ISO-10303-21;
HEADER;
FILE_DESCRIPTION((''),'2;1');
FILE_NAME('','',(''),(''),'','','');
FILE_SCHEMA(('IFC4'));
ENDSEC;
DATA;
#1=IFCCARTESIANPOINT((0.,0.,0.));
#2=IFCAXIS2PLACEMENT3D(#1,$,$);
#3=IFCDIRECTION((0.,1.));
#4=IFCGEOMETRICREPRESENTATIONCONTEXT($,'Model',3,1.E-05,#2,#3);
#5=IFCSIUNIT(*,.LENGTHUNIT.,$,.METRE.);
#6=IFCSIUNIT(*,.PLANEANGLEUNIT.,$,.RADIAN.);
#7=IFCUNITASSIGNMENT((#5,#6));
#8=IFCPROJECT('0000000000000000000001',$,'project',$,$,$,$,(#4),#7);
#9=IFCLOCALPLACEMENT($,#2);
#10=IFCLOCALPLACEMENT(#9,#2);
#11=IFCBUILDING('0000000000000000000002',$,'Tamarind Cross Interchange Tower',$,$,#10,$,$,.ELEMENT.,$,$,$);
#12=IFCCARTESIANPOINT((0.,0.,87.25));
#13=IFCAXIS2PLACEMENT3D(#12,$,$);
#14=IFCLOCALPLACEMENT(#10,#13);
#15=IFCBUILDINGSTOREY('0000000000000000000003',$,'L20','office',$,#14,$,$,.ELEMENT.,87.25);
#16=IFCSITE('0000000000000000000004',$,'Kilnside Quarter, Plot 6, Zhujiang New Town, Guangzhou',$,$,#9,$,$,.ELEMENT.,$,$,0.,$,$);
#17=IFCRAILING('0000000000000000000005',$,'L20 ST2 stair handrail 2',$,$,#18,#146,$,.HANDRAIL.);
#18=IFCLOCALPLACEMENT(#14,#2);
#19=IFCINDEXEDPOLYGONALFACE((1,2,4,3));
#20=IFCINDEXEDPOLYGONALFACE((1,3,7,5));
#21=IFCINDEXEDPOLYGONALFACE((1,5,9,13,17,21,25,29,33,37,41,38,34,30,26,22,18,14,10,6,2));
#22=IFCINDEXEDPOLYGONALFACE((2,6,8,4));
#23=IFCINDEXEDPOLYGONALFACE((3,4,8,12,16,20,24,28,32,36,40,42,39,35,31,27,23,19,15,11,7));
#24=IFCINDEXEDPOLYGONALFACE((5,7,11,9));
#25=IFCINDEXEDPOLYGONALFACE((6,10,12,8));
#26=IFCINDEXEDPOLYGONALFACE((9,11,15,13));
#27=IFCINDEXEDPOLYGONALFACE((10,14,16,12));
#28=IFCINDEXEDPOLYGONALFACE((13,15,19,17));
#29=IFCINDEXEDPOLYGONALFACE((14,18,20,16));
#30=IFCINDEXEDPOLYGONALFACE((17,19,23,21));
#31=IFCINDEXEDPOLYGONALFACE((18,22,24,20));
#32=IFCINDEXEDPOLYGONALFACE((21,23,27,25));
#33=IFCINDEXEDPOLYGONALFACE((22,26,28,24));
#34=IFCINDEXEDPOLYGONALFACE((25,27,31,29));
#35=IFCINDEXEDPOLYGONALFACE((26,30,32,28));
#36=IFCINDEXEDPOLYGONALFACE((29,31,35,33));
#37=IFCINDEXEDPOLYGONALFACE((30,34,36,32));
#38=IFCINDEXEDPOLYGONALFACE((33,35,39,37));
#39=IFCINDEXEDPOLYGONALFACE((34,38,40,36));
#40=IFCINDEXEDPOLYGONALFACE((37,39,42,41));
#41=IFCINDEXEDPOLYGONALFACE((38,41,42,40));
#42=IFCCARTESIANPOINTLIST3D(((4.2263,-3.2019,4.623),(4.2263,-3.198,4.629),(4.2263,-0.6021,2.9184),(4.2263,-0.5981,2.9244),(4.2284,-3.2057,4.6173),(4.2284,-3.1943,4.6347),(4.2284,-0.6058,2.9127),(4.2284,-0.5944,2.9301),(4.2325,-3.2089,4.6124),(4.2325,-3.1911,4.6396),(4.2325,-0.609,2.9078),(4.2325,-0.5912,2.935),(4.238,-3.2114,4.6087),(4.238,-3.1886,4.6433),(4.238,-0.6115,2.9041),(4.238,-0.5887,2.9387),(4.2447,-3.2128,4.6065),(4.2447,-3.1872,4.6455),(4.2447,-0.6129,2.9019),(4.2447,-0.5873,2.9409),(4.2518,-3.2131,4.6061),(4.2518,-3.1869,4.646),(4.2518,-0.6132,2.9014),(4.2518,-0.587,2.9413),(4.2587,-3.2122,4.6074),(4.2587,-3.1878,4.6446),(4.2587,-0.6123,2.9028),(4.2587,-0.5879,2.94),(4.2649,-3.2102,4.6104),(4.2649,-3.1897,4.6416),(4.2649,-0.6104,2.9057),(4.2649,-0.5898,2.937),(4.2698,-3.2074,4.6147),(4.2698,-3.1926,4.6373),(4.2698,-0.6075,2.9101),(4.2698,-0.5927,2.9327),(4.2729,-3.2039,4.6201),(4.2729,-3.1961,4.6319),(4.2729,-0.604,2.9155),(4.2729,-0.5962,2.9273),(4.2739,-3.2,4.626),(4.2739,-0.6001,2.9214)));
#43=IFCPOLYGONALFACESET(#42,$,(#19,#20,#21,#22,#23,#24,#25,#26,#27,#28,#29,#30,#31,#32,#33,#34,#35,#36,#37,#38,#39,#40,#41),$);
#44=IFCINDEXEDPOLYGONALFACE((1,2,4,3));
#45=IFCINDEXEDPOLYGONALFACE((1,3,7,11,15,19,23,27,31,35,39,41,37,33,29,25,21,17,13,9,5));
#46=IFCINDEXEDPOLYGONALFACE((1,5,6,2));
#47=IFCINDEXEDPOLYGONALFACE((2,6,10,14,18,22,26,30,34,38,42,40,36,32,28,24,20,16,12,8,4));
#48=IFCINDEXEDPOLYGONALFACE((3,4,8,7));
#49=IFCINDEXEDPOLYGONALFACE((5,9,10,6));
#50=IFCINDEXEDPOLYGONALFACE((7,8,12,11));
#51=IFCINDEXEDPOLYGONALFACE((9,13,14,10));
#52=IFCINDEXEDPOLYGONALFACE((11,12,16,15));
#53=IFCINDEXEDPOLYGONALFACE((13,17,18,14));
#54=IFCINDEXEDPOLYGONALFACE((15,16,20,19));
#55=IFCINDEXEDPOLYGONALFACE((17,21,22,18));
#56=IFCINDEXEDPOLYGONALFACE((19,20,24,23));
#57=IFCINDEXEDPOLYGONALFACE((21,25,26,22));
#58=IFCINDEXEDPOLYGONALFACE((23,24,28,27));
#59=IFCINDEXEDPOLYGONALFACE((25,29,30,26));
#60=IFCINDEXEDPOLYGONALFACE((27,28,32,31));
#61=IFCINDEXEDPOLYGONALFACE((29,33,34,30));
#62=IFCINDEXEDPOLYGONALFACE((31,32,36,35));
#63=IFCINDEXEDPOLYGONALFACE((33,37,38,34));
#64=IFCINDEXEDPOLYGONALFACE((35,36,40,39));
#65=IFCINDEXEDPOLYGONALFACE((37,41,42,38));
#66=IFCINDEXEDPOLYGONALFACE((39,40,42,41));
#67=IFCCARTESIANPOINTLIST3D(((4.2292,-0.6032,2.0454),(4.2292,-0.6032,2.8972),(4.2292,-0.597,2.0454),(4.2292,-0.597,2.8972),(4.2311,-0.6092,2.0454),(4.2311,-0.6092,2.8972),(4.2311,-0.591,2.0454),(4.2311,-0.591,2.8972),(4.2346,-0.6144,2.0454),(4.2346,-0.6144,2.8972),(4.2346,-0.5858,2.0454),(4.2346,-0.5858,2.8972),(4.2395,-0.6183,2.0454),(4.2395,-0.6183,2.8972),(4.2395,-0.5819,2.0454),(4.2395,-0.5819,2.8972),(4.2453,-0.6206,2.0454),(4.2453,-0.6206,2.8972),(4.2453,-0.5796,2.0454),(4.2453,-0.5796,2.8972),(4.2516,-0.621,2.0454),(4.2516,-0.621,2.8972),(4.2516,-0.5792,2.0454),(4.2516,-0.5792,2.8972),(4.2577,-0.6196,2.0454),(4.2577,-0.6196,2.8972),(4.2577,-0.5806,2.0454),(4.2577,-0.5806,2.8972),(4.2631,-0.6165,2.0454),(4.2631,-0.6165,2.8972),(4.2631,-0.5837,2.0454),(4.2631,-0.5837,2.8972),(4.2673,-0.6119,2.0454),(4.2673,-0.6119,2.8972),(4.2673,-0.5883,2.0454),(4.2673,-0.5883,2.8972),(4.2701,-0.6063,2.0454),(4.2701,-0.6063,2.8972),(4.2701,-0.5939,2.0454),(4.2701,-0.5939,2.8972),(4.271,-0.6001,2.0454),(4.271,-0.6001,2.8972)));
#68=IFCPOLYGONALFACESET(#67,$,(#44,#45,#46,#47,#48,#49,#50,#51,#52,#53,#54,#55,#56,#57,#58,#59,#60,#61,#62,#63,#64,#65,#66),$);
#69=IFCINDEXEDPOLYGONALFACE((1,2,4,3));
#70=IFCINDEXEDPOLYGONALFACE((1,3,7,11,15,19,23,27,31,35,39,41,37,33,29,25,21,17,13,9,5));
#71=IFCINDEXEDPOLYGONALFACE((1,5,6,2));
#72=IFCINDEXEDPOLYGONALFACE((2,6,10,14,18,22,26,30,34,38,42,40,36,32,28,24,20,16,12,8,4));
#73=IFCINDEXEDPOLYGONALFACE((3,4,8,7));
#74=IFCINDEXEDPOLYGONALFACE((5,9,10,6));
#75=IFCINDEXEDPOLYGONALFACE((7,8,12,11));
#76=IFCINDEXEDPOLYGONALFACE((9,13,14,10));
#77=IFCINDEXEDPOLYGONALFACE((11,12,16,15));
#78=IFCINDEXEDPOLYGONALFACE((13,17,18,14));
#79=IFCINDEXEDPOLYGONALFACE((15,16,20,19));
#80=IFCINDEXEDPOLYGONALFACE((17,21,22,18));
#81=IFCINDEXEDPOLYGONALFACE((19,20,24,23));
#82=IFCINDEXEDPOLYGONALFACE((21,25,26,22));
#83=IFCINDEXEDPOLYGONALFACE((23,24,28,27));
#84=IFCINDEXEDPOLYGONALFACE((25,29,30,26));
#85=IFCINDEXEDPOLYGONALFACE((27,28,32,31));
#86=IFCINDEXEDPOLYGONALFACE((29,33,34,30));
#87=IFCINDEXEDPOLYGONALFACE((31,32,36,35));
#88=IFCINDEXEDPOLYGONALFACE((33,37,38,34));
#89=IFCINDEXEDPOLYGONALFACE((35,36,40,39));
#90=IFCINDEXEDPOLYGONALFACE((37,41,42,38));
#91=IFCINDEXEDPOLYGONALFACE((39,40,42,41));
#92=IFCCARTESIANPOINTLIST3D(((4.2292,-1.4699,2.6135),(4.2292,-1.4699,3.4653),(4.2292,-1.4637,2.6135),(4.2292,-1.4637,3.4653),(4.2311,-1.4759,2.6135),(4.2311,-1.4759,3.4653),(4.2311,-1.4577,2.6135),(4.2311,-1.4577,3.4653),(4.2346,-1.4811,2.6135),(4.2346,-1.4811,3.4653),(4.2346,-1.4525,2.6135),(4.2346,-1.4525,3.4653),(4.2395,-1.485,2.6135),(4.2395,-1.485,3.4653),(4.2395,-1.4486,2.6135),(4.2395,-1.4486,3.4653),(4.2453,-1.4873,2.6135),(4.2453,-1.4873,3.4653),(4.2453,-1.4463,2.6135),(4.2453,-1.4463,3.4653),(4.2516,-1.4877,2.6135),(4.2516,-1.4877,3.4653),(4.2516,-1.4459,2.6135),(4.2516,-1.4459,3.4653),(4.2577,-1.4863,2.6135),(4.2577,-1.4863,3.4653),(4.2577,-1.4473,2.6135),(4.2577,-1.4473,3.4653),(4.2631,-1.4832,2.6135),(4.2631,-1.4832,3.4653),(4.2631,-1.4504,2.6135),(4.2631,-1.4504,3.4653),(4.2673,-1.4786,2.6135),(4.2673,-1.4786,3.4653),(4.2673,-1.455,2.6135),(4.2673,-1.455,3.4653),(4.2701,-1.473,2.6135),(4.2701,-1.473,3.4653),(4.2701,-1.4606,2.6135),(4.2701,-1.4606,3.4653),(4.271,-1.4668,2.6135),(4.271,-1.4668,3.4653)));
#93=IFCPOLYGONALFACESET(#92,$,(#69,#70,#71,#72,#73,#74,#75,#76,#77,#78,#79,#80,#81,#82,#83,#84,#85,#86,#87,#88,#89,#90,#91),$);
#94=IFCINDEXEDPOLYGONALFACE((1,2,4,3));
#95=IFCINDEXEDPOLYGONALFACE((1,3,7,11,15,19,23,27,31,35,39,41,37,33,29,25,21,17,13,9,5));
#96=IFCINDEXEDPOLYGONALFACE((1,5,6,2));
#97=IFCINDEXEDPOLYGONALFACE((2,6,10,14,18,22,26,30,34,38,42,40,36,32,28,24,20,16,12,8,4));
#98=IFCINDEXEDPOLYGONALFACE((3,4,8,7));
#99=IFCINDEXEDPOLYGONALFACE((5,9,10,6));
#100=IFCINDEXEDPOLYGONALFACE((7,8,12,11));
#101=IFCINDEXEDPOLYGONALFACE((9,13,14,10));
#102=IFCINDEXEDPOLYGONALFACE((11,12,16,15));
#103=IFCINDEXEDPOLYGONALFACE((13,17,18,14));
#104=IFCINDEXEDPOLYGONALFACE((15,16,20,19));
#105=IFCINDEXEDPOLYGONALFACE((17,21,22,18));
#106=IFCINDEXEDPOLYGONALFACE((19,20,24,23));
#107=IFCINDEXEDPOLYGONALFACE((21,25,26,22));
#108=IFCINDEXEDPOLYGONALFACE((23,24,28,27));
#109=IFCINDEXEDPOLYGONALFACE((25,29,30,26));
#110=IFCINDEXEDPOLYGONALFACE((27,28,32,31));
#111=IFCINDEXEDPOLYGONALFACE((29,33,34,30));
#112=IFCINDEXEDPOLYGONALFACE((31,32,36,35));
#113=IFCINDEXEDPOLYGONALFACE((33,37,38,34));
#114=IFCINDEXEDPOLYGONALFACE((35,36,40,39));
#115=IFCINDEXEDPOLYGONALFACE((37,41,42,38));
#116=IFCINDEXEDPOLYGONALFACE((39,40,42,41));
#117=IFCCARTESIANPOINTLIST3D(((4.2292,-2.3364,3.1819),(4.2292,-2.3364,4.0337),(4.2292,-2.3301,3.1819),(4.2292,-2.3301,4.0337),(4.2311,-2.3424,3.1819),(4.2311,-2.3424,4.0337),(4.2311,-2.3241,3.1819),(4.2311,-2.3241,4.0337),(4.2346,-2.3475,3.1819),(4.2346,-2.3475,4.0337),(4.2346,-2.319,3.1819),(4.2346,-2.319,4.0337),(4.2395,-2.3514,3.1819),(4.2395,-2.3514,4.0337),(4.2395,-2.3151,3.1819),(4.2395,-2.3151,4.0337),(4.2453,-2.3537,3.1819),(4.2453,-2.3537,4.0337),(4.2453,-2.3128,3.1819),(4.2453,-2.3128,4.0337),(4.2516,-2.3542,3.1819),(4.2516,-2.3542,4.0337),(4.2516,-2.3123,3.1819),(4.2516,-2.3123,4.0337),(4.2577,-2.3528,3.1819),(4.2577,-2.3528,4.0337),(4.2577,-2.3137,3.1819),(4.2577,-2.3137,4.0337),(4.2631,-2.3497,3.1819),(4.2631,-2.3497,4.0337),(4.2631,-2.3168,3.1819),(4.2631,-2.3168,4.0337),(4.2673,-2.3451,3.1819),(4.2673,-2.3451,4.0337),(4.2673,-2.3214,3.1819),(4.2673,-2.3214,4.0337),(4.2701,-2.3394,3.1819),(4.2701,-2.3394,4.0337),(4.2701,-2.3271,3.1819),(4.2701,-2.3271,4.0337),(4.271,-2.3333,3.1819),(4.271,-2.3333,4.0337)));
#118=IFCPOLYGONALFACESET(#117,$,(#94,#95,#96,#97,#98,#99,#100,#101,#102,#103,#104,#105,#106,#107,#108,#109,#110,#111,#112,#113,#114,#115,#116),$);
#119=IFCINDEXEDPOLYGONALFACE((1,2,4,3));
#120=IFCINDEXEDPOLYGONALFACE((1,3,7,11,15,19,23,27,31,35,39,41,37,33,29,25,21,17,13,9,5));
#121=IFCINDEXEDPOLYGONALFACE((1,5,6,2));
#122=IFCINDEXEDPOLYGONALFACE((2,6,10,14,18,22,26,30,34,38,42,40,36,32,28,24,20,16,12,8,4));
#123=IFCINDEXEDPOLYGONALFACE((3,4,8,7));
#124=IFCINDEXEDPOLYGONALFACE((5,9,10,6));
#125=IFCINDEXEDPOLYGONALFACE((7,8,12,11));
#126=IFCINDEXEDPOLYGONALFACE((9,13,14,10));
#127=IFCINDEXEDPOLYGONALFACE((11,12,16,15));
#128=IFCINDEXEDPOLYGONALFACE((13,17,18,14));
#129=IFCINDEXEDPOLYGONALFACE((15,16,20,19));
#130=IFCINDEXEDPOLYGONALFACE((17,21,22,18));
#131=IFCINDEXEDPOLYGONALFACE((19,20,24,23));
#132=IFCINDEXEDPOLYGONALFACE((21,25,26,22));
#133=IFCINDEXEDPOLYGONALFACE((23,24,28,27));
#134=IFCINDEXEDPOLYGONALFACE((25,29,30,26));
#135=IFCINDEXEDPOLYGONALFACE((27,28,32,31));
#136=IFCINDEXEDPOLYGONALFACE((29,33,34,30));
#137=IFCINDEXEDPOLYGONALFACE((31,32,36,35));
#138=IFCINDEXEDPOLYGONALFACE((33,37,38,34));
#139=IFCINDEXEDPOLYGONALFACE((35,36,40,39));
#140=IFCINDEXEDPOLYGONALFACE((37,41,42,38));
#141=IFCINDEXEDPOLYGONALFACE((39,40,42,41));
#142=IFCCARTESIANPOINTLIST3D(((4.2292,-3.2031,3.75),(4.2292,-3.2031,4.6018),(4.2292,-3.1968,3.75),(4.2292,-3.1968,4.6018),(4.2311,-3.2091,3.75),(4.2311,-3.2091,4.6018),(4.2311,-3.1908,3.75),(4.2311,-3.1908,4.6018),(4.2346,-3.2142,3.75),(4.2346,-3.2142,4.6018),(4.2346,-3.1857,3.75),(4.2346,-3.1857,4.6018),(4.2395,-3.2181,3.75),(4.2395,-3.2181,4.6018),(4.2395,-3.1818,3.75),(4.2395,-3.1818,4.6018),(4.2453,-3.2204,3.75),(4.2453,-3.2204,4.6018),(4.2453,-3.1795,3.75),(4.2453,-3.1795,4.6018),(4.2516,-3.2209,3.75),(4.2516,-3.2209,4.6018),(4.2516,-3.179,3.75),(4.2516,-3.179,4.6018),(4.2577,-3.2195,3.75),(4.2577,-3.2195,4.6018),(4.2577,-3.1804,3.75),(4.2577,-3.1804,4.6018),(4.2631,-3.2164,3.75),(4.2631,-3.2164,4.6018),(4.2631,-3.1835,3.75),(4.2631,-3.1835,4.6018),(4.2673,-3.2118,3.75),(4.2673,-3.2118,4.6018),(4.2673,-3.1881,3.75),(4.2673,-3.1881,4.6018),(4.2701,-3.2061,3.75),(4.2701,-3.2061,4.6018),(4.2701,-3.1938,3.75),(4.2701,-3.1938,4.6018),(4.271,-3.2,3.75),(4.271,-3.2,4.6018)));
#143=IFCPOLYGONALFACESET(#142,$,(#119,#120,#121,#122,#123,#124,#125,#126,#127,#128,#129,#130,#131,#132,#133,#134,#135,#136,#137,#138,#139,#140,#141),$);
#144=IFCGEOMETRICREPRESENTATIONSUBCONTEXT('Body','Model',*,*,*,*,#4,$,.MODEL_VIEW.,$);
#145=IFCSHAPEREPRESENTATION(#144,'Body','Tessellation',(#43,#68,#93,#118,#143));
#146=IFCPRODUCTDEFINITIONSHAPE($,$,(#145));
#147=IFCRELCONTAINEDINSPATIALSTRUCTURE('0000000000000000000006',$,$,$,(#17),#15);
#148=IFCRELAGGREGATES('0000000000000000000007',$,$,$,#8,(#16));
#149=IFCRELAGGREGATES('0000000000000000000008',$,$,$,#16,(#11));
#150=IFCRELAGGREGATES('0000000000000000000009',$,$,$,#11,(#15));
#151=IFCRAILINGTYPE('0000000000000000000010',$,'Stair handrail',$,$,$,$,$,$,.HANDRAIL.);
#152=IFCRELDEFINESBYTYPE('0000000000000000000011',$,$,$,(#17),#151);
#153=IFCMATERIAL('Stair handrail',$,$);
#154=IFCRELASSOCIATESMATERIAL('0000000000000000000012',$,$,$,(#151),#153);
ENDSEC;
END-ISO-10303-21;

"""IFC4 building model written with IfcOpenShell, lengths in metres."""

from ifc_helpers import new_model, si_unit, direction, frame, origin, origin_2d, place, context, subcontext, project, spatial, circle, extrude, material, type_object, element, save


model = new_model("IFC4")

# Units and contexts
model_context = context("Model", 3, precision=1e-05, world=origin(), true_north=direction((0.0, 1.0)))
body_context = subcontext(model_context, "Body", "Model", "MODEL_VIEW")
ifc_project = project(units=[si_unit("LENGTHUNIT", "METRE"), si_unit("PLANEANGLEUNIT", "RADIAN")], contexts=[model_context])

# Site, building, storey
site_placement = place(None, origin())
site = spatial("IfcSite", under=ifc_project, at=site_placement, Name="Kilnside Quarter, Plot 6, Zhujiang New Town, Guangzhou", CompositionType="ELEMENT", RefElevation=0.0)
building_placement = place(site_placement, origin())
building = spatial("IfcBuilding", under=site, at=building_placement, Name="Tamarind Cross Interchange Tower", CompositionType="ELEMENT")
storey_placement = place(building_placement, frame((0.0, 0.0, 87.25)))
storey = spatial("IfcBuildingStorey", under=building, at=storey_placement, Name="L20", Description="office", CompositionType="ELEMENT", Elevation=87.25)

# Railing
ifc_material_1 = material(Name="Stair handrail")
railing_type_1 = type_object("IfcRailingType", Name="Stair handrail", PredefinedType="HANDRAIL", material=ifc_material_1)
railing_1_placement = place(storey_placement, frame((4.25, -0.6001, 2.0454)))
element("IfcRailing", 1, at=railing_1_placement, inside=storey, type_object=railing_type_1, Name="L20 ST2 stair handrail 2", PredefinedType="HANDRAIL", context=body_context, shape_type="SweptSolid", body=[
    extrude(circle(Radius=0.0239, at=origin_2d()), frame((0.0, 0.0, 0.876), z_axis=(0.0, -0.836279, 0.548305), x_axis=(1.0, 0.0, 0.0)), (0.0, 0.0, 1.0), 3.1089),
    extrude(circle(Radius=0.021, at=origin_2d()), origin(), (0.0, 0.0, 1.0), 0.8518),
    extrude(circle(Radius=0.021, at=origin_2d()), frame((0.0, -0.8667, 0.5681)), (0.0, 0.0, 1.0), 0.8518),
    extrude(circle(Radius=0.021, at=origin_2d()), frame((0.0, -1.7332, 1.1365)), (0.0, 0.0, 1.0), 0.8518),
    extrude(circle(Radius=0.021, at=origin_2d()), frame((0.0, -2.5999, 1.7046)), (0.0, 0.0, 1.0), 0.8518),
])

save(model, "model.ifc")
